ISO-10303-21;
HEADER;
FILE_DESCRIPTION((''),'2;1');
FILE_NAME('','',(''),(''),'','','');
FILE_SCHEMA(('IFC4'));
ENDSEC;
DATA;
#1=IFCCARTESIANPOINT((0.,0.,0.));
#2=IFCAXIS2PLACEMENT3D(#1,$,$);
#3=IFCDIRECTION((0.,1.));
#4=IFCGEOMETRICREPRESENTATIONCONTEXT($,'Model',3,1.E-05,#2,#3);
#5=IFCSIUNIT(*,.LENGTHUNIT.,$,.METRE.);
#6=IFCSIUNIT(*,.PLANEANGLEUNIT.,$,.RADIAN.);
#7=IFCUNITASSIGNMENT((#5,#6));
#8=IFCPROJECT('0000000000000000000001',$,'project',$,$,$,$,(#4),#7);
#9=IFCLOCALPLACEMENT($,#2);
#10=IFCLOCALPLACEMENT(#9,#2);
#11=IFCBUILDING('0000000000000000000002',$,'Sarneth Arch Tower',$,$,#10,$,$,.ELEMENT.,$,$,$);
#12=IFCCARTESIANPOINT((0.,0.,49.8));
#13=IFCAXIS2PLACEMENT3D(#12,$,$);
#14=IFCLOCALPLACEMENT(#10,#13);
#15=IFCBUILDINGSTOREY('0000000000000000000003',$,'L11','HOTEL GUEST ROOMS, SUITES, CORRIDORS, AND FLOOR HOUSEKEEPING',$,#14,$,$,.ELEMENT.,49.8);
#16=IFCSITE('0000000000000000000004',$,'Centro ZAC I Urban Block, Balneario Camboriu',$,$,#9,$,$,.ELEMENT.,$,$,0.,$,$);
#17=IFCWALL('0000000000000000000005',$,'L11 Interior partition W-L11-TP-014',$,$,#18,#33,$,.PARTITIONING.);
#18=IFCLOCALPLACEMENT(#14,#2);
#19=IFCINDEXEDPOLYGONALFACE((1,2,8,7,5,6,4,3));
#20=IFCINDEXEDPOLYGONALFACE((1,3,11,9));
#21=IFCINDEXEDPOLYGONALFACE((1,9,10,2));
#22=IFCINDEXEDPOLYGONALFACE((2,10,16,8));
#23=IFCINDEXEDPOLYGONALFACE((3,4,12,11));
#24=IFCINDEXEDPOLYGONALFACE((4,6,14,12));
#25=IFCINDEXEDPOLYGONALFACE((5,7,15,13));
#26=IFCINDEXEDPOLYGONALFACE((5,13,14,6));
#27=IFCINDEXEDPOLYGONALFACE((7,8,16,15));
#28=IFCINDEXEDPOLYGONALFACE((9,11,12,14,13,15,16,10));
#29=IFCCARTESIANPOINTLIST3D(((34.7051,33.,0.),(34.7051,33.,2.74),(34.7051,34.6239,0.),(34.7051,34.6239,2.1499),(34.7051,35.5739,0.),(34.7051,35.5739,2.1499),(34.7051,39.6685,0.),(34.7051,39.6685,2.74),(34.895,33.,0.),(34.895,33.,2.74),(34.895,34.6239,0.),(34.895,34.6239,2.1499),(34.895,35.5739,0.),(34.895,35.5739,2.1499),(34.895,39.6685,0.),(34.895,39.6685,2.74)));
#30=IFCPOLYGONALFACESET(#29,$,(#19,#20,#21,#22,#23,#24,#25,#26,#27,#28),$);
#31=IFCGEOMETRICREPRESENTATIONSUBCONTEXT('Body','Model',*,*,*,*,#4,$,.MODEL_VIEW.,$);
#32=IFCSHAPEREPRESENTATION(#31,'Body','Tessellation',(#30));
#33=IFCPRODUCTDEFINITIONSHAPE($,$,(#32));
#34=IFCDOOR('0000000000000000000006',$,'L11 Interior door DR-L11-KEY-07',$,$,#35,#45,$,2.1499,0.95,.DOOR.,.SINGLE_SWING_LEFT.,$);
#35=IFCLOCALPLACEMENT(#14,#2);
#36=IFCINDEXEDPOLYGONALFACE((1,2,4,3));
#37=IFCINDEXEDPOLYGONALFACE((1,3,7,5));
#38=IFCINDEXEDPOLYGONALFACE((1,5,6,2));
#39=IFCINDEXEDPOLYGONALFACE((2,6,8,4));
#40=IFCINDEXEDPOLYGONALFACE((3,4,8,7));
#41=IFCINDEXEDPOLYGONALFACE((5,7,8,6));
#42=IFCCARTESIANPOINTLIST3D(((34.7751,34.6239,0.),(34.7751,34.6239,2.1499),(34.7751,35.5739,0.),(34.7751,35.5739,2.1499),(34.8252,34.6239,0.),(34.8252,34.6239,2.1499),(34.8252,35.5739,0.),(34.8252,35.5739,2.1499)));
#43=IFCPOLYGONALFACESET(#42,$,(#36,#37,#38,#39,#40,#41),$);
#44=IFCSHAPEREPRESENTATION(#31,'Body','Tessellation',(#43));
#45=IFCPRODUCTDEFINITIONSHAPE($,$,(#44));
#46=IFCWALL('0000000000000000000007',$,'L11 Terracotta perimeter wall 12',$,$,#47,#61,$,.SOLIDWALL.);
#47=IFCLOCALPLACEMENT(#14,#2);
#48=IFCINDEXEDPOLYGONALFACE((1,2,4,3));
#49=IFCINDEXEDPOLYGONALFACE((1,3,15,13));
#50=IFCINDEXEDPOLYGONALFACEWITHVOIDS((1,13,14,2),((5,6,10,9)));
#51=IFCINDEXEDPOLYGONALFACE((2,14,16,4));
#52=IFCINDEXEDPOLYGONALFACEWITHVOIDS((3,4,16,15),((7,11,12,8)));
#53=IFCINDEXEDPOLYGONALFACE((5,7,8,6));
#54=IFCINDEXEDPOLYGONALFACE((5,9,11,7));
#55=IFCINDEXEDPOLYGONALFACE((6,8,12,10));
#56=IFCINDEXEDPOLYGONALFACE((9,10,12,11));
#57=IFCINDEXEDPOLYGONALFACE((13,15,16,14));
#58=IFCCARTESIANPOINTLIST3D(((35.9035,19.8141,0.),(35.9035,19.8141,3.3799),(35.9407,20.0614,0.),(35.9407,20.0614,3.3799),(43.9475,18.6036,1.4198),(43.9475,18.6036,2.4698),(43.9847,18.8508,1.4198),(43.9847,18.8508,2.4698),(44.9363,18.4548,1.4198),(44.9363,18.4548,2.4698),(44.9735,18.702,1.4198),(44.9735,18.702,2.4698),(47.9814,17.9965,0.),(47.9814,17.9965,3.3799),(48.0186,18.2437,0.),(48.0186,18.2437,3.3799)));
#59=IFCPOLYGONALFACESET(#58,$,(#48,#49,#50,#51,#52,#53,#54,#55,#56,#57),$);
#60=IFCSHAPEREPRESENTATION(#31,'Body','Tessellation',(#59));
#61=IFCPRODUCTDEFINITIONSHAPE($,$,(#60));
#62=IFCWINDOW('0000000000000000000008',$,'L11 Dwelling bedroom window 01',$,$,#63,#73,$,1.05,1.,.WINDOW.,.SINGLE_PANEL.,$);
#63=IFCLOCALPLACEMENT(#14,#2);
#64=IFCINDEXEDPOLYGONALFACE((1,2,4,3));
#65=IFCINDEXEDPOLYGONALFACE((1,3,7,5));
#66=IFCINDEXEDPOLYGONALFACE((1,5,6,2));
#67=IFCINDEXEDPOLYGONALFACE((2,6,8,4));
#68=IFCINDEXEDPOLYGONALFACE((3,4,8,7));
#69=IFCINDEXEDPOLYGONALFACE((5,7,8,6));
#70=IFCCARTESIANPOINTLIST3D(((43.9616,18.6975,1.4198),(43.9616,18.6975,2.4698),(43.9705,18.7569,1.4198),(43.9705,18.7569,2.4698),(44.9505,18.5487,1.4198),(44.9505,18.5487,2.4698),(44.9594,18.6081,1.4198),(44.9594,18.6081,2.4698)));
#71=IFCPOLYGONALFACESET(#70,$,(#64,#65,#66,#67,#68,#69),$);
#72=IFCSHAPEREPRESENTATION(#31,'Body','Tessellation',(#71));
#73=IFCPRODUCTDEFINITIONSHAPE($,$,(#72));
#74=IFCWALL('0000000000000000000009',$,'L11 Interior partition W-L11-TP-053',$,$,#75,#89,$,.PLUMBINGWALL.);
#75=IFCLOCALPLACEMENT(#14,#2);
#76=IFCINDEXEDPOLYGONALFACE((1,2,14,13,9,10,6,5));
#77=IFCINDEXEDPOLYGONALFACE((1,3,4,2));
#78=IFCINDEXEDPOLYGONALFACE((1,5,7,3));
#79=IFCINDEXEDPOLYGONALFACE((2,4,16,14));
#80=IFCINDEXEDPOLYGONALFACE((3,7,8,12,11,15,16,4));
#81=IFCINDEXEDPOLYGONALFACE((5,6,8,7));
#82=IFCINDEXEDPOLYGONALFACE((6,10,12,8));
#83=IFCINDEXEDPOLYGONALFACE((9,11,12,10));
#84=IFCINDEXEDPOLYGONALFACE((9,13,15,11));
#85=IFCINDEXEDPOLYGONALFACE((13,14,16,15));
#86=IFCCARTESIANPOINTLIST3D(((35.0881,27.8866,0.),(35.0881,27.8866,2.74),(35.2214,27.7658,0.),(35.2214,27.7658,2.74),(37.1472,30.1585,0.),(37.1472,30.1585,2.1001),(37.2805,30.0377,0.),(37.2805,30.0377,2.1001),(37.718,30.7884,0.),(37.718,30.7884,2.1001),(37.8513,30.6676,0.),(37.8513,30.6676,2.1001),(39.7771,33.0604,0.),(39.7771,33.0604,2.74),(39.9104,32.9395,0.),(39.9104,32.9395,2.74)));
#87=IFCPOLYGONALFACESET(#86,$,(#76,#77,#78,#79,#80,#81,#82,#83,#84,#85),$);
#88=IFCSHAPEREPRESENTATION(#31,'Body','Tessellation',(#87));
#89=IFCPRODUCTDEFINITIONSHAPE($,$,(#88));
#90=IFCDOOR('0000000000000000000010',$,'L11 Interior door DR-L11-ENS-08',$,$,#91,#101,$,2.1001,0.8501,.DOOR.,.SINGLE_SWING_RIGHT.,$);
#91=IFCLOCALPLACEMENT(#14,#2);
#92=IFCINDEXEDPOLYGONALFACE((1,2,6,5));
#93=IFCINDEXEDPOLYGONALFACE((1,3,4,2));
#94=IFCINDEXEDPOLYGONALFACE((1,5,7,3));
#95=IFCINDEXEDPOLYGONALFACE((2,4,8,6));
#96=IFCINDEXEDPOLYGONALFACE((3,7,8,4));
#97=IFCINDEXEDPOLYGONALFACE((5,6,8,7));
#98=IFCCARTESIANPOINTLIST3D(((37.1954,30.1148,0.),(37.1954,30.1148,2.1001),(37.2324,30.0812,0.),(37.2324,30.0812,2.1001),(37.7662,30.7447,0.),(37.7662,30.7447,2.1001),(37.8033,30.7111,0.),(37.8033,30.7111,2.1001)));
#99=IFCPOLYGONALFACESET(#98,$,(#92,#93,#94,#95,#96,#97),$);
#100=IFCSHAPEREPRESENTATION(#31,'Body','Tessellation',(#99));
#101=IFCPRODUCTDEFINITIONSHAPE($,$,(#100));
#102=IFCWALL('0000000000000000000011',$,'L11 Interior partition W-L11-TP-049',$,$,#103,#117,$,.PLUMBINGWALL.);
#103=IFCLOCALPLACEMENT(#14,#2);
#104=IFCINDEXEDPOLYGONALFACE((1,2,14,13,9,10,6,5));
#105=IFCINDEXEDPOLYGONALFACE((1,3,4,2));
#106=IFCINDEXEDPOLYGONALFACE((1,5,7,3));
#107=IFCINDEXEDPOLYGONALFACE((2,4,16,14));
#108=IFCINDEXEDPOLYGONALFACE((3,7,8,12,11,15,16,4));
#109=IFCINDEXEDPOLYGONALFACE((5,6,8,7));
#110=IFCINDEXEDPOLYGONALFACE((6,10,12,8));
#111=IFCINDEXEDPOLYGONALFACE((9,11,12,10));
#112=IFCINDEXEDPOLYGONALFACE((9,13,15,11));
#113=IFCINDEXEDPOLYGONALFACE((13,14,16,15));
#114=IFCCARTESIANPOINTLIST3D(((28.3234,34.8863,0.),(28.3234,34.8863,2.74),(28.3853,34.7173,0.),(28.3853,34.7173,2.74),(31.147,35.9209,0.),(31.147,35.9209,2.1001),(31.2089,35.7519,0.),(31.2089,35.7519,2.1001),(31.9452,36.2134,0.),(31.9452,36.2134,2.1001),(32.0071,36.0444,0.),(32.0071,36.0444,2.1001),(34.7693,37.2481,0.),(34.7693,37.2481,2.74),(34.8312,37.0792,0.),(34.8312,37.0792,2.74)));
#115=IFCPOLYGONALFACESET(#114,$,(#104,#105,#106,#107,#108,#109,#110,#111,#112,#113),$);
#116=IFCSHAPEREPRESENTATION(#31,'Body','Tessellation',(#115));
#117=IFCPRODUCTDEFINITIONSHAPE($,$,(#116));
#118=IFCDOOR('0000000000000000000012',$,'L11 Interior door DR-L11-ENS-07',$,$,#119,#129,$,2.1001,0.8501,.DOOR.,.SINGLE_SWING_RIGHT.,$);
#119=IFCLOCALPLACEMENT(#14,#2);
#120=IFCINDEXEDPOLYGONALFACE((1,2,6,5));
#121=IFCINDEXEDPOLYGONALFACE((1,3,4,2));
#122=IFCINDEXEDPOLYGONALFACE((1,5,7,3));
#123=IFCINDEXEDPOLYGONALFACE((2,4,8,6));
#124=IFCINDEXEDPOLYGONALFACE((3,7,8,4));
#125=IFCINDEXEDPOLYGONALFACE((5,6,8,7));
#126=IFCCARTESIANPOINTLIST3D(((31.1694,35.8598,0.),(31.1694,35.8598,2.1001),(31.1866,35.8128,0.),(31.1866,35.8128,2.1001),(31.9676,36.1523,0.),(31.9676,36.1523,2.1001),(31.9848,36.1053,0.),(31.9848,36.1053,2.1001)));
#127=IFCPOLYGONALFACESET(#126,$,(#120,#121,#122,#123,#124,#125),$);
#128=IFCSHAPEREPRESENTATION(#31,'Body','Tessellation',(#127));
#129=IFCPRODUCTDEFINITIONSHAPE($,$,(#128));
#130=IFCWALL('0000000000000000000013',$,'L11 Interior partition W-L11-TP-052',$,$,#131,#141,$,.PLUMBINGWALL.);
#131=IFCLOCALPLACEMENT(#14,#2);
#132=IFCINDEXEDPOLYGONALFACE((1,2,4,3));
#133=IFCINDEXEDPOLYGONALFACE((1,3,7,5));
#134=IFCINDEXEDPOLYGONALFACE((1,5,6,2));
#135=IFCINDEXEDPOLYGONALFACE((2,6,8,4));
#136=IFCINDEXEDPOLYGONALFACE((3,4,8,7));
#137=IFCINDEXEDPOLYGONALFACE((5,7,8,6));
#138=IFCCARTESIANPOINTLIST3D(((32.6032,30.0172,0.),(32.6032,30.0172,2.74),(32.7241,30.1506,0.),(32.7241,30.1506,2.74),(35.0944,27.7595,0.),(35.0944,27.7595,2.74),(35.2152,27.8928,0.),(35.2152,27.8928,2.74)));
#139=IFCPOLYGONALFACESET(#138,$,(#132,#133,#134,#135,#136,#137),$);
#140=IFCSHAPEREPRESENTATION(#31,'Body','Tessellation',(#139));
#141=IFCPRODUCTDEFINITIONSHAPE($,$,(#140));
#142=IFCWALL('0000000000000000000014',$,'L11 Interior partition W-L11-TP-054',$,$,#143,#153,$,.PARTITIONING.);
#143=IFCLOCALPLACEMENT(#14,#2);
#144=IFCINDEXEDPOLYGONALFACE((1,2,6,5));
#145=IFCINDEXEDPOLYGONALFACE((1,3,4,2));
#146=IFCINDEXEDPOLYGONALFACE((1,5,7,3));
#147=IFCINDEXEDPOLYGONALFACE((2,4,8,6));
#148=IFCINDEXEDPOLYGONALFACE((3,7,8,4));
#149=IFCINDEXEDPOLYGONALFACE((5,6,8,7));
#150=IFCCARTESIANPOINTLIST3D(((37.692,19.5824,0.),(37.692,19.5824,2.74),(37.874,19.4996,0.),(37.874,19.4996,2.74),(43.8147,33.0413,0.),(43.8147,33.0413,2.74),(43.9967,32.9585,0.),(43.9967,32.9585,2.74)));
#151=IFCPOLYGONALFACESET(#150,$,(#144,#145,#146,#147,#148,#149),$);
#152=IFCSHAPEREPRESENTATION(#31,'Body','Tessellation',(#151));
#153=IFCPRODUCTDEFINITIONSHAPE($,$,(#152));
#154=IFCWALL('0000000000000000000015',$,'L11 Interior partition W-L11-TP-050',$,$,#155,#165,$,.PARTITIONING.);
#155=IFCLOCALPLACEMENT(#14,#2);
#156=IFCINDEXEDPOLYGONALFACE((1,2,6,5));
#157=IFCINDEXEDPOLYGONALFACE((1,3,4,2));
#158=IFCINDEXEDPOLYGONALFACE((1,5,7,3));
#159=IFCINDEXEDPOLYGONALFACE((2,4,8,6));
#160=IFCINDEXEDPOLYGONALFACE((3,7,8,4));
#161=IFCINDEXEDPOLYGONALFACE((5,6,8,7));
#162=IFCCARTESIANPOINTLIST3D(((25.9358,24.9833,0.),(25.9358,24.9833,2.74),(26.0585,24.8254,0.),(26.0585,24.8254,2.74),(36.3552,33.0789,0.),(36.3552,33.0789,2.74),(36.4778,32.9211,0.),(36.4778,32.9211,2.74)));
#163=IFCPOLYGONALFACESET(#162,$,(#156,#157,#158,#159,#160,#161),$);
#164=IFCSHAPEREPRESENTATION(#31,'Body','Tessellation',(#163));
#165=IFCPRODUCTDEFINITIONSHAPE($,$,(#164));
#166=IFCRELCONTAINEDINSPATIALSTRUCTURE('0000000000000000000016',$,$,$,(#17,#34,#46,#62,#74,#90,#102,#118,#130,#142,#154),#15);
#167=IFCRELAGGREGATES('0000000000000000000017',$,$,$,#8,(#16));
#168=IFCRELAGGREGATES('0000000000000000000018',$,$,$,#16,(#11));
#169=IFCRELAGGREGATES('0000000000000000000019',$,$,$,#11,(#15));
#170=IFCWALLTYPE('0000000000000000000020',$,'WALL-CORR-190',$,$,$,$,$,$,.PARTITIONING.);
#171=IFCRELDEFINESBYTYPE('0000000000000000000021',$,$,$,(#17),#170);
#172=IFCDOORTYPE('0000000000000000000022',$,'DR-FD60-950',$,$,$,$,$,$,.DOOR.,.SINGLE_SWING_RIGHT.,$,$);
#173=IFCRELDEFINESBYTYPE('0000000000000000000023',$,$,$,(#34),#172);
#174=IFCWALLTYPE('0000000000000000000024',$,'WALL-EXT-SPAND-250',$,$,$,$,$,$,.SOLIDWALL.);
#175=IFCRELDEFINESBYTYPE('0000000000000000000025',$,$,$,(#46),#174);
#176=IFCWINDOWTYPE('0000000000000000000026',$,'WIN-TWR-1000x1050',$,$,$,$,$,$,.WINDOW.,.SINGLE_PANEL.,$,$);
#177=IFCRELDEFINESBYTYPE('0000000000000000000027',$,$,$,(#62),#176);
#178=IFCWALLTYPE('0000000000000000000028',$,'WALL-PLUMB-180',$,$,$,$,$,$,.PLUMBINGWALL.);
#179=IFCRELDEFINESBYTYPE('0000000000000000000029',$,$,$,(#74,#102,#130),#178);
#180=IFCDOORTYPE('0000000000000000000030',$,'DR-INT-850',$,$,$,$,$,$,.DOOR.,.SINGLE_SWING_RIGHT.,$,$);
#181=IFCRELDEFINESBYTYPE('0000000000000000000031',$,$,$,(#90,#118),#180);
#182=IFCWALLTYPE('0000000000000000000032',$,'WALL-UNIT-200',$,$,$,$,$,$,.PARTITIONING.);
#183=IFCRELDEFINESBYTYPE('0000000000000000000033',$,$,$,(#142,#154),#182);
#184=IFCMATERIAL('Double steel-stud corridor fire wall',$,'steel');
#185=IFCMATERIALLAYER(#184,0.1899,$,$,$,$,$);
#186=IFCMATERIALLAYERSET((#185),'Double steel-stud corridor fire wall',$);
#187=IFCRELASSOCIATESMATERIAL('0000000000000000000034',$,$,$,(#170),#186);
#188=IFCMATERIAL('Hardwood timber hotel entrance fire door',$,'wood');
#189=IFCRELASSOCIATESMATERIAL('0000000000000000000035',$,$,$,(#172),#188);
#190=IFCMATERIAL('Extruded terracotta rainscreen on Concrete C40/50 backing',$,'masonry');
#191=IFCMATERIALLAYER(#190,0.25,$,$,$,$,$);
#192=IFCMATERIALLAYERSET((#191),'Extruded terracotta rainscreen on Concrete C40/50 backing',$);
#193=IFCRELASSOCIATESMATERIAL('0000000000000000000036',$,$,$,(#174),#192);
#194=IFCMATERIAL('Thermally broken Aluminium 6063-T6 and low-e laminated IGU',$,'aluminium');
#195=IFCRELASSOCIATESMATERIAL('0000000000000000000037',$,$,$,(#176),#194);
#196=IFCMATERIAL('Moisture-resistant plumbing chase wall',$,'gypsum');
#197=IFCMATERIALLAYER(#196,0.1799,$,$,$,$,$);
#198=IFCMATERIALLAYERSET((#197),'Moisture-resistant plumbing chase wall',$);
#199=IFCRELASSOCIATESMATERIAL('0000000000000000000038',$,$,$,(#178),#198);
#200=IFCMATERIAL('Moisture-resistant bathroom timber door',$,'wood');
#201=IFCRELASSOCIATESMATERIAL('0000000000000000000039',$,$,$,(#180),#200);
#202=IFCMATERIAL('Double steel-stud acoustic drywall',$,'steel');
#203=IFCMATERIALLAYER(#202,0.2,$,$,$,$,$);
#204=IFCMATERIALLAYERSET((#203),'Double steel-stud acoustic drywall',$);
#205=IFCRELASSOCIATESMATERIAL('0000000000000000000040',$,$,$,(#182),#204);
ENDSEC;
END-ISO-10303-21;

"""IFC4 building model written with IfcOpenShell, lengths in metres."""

from ifc_helpers import new_model, si_unit, direction, frame, frame_2d, origin, place, context, subcontext, project, spatial, rectangle, extrude, material, layer, layer_set, type_object, element, fill, save


model = new_model("IFC4")

# Units and contexts
model_context = context("Model", 3, precision=1e-05, world=origin(), true_north=direction((0.0, 1.0)))
body_context = subcontext(model_context, "Body", "Model", "MODEL_VIEW")
ifc_project = project(units=[si_unit("LENGTHUNIT", "METRE"), si_unit("PLANEANGLEUNIT", "RADIAN")], contexts=[model_context])

# Site, building, storey
site_placement = place(None, origin())
site = spatial("IfcSite", under=ifc_project, at=site_placement, Name="Centro ZAC I Urban Block, Balneario Camboriu", CompositionType="ELEMENT", RefElevation=0.0)
building_placement = place(site_placement, origin())
building = spatial("IfcBuilding", under=site, at=building_placement, Name="Sarneth Arch Tower", CompositionType="ELEMENT")
storey_placement = place(building_placement, frame((0.0, 0.0, 49.8)))
storey = spatial("IfcBuildingStorey", under=building, at=storey_placement, Name="L11", Description="HOTEL GUEST ROOMS, SUITES, CORRIDORS, AND FLOOR HOUSEKEEPING", CompositionType="ELEMENT", Elevation=49.8)

# Wall, opening, door
ifc_material_1 = material(Name="Double steel-stud corridor fire wall", Category="steel")
ifc_layer_1 = layer(ifc_material_1, 0.1899)
ifc_layer_set_1 = layer_set([ifc_layer_1], Name="Double steel-stud corridor fire wall")
wall_type_1 = type_object("IfcWallType", Name="WALL-CORR-190", PredefinedType="PARTITIONING", material=ifc_layer_set_1)
wall_1_placement = place(storey_placement, frame((34.8, 33.0, 0.0), z_axis=(0.0, 0.0, 1.0), x_axis=(0.0, 1.0, 0.0)))
wall_1 = element("IfcWall", 1, at=wall_1_placement, inside=storey, type_object=wall_type_1, Name="L11 Interior partition W-L11-TP-014", PredefinedType="PARTITIONING", context=body_context, shape_type="SweptSolid", body=[
    extrude(rectangle(XDim=6.6685, YDim=0.1899, at=frame_2d((3.3342, 0.0))), origin(), (0.0, 0.0, 1.0), 2.74),
])
opening_1_placement = place(wall_1_placement, frame((1.6238, 0.0, 0.0)))
opening_1 = element("IfcOpeningElement", 2, at=opening_1_placement, cuts=wall_1, PredefinedType="OPENING", context=body_context, shape_type="SweptSolid", body=[
    extrude(rectangle(XDim=0.95, YDim=2.1499, at=frame_2d((0.4751, 1.075))), frame((0.0, 0.105, 0.0), z_axis=(0.0, -1.0, 0.0), x_axis=(1.0, 0.0, 0.0)), (0.0, 0.0, 1.0), 0.21),
])
ifc_material_2 = material(Name="Hardwood timber hotel entrance fire door", Category="wood")
door_type_1 = type_object("IfcDoorType", Name="DR-FD60-950", OperationType="SINGLE_SWING_RIGHT", PredefinedType="DOOR", material=ifc_material_2)
door_1_placement = place(opening_1_placement, origin())
door_1 = element("IfcDoor", 3, at=door_1_placement, inside=storey, type_object=door_type_1, Name="L11 Interior door DR-L11-KEY-07", OperationType="SINGLE_SWING_LEFT", OverallHeight=2.1499, OverallWidth=0.95, PredefinedType="DOOR", context=body_context, shape_type="SweptSolid", body=[
    extrude(rectangle(XDim=0.95, YDim=2.1499, at=frame_2d((0.4751, 1.075))), frame((0.0, 0.0249, 0.0), z_axis=(0.0, -1.0, 0.0), x_axis=(1.0, 0.0, 0.0)), (0.0, 0.0, 1.0), 0.05),
])
fill(opening_1, door_1)

# Wall, opening, window
ifc_material_3 = material(Name="Extruded terracotta rainscreen on Concrete C40/50 backing", Category="masonry")
ifc_layer_2 = layer(ifc_material_3, 0.25)
ifc_layer_set_2 = layer_set([ifc_layer_2], Name="Extruded terracotta rainscreen on Concrete C40/50 backing")
wall_type_2 = type_object("IfcWallType", Name="WALL-EXT-SPAND-250", PredefinedType="SOLIDWALL", material=ifc_layer_set_2)
wall_2_placement = place(storey_placement, frame((35.9221, 19.9377, 0.0), z_axis=(0.0, 0.0, 1.0), x_axis=(0.988865, -0.148816, 0.0)))
wall_2 = element("IfcWall", 4, at=wall_2_placement, inside=storey, type_object=wall_type_2, Name="L11 Terracotta perimeter wall 12", PredefinedType="SOLIDWALL", context=body_context, shape_type="SweptSolid", body=[
    extrude(rectangle(XDim=12.2139, YDim=0.25, at=frame_2d((6.1069, 0.0))), origin(), (0.0, 0.0, 1.0), 3.3799),
])
opening_2_placement = place(wall_2_placement, frame((8.1345, 0.0, 1.4199)))
opening_2 = element("IfcOpeningElement", 5, at=opening_2_placement, cuts=wall_2, PredefinedType="OPENING", context=body_context, shape_type="SweptSolid", body=[
    extrude(rectangle(XDim=1.0, YDim=1.05, at=frame_2d((0.5, 0.5249))), frame((0.0, 0.135, 0.0), z_axis=(0.0, -1.0, 0.0), x_axis=(1.0, 0.0, 0.0)), (0.0, 0.0, 1.0), 0.27),
])
ifc_material_4 = material(Name="Thermally broken Aluminium 6063-T6 and low-e laminated IGU", Category="aluminium")
window_type = type_object("IfcWindowType", Name="WIN-TWR-1000x1050", PartitioningType="SINGLE_PANEL", PredefinedType="WINDOW", material=ifc_material_4)
window_placement = place(opening_2_placement, origin())
window = element("IfcWindow", 6, at=window_placement, inside=storey, type_object=window_type, Name="L11 Dwelling bedroom window 01", OverallHeight=1.05, OverallWidth=1.0, PartitioningType="SINGLE_PANEL", PredefinedType="WINDOW", context=body_context, shape_type="SweptSolid", body=[
    extrude(rectangle(XDim=1.0, YDim=1.05, at=frame_2d((0.5, 0.5249))), frame((0.0, 0.03, 0.0), z_axis=(0.0, -1.0, 0.0), x_axis=(1.0, 0.0, 0.0)), (0.0, 0.0, 1.0), 0.0601),
])
fill(opening_2, window)

# Walls, openings, doors
ifc_material_5 = material(Name="Moisture-resistant plumbing chase wall", Category="gypsum")
ifc_layer_3 = layer(ifc_material_5, 0.1799)
ifc_layer_set_3 = layer_set([ifc_layer_3], Name="Moisture-resistant plumbing chase wall")
wall_type_3 = type_object("IfcWallType", Name="WALL-PLUMB-180", PredefinedType="PLUMBINGWALL", material=ifc_layer_set_3)
wall_3_placement = place(storey_placement, frame((35.1548, 27.8262, 0.0), z_axis=(0.0, 0.0, 1.0), x_axis=(0.671534, 0.740974, 0.0)))
wall_3 = element("IfcWall", 7, at=wall_3_placement, inside=storey, type_object=wall_type_3, Name="L11 Interior partition W-L11-TP-053", PredefinedType="PLUMBINGWALL", context=body_context, shape_type="SweptSolid", body=[
    extrude(rectangle(XDim=6.9824, YDim=0.1799, at=frame_2d((3.4912, 0.0))), origin(), (0.0, 0.0, 1.0), 2.74),
])
opening_3_placement = place(wall_3_placement, frame((3.0662, 0.0, 0.0)))
opening_3 = element("IfcOpeningElement", 8, at=opening_3_placement, cuts=wall_3, PredefinedType="OPENING", context=body_context, shape_type="SweptSolid", body=[
    extrude(rectangle(XDim=0.8501, YDim=2.1001, at=frame_2d((0.425, 1.05))), frame((0.0, 0.0999, 0.0), z_axis=(0.0, -1.0, 0.0), x_axis=(1.0, 0.0, 0.0)), (0.0, 0.0, 1.0), 0.2),
])
ifc_material_6 = material(Name="Moisture-resistant bathroom timber door", Category="wood")
door_type_2 = type_object("IfcDoorType", Name="DR-INT-850", OperationType="SINGLE_SWING_RIGHT", PredefinedType="DOOR", material=ifc_material_6)
door_2_placement = place(opening_3_placement, origin())
door_2 = element("IfcDoor", 9, at=door_2_placement, inside=storey, type_object=door_type_2, Name="L11 Interior door DR-L11-ENS-08", OperationType="SINGLE_SWING_RIGHT", OverallHeight=2.1001, OverallWidth=0.8501, PredefinedType="DOOR", context=body_context, shape_type="SweptSolid", body=[
    extrude(rectangle(XDim=0.8501, YDim=2.1001, at=frame_2d((0.425, 1.05))), frame((0.0, 0.0249, 0.0), z_axis=(0.0, -1.0, 0.0), x_axis=(1.0, 0.0, 0.0)), (0.0, 0.0, 1.0), 0.05),
])
fill(opening_3, door_2)
wall_4_placement = place(storey_placement, frame((28.3542, 34.8018, 0.0), z_axis=(0.0, 0.0, 1.0), x_axis=(0.938954, 0.344044, 0.0)))
wall_4 = element("IfcWall", 10, at=wall_4_placement, inside=storey, type_object=wall_type_3, Name="L11 Interior partition W-L11-TP-049", PredefinedType="PLUMBINGWALL", context=body_context, shape_type="SweptSolid", body=[
    extrude(rectangle(XDim=6.865, YDim=0.1799, at=frame_2d((3.4326, 0.0))), origin(), (0.0, 0.0, 1.0), 2.74),
])
opening_4_placement = place(wall_4_placement, frame((3.0073, 0.0, 0.0)))
opening_4 = element("IfcOpeningElement", 11, at=opening_4_placement, cuts=wall_4, PredefinedType="OPENING", context=body_context, shape_type="SweptSolid", body=[
    extrude(rectangle(XDim=0.8501, YDim=2.1001, at=frame_2d((0.425, 1.05))), frame((0.0, 0.0999, 0.0), z_axis=(0.0, -1.0, 0.0), x_axis=(1.0, 0.0, 0.0)), (0.0, 0.0, 1.0), 0.2),
])
door_3_placement = place(opening_4_placement, origin())
door_3 = element("IfcDoor", 12, at=door_3_placement, inside=storey, type_object=door_type_2, Name="L11 Interior door DR-L11-ENS-07", OperationType="SINGLE_SWING_RIGHT", OverallHeight=2.1001, OverallWidth=0.8501, PredefinedType="DOOR", context=body_context, shape_type="SweptSolid", body=[
    extrude(rectangle(XDim=0.8501, YDim=2.1001, at=frame_2d((0.425, 1.05))), frame((0.0, 0.0249, 0.0), z_axis=(0.0, -1.0, 0.0), x_axis=(1.0, 0.0, 0.0)), (0.0, 0.0, 1.0), 0.05),
])
fill(opening_4, door_3)

# Walls
wall_5_placement = place(storey_placement, frame((32.6636, 30.084, 0.0), z_axis=(0.0, 0.0, 1.0), x_axis=(0.740964, -0.671544, 0.0)))
element("IfcWall", 13, at=wall_5_placement, inside=storey, type_object=wall_type_3, Name="L11 Interior partition W-L11-TP-052", PredefinedType="PLUMBINGWALL", context=body_context, shape_type="SweptSolid", body=[
    extrude(rectangle(XDim=3.3621, YDim=0.1799, at=frame_2d((1.6812, 0.0))), origin(), (0.0, 0.0, 1.0), 2.74),
])
ifc_material_7 = material(Name="Double steel-stud acoustic drywall", Category="steel")
ifc_layer_4 = layer(ifc_material_7, 0.2)
ifc_layer_set_4 = layer_set([ifc_layer_4], Name="Double steel-stud acoustic drywall")
wall_type_4 = type_object("IfcWallType", Name="WALL-UNIT-200", PredefinedType="PARTITIONING", material=ifc_layer_set_4)
wall_6_placement = place(storey_placement, frame((37.783, 19.541, 0.0), z_axis=(0.0, 0.0, 1.0), x_axis=(0.414088, 0.910237, 0.0)))
element("IfcWall", 14, at=wall_6_placement, inside=storey, type_object=wall_type_4, Name="L11 Interior partition W-L11-TP-054", PredefinedType="PARTITIONING", context=body_context, shape_type="SweptSolid", body=[
    extrude(rectangle(XDim=14.7861, YDim=0.2, at=frame_2d((7.3931, 0.0))), origin(), (0.0, 0.0, 1.0), 2.74),
])
wall_7_placement = place(storey_placement, frame((36.4165, 33.0, 0.0), z_axis=(0.0, 0.0, 1.0), x_axis=(-0.789657, -0.613549, 0.0)))
element("IfcWall", 15, at=wall_7_placement, inside=storey, type_object=wall_type_4, Name="L11 Interior partition W-L11-TP-050", PredefinedType="PARTITIONING", context=body_context, shape_type="SweptSolid", body=[
    extrude(rectangle(XDim=13.1948, YDim=0.2, at=frame_2d((6.5974, 0.0))), origin(), (0.0, 0.0, 1.0), 2.74),
])

save(model, "model.ifc")
